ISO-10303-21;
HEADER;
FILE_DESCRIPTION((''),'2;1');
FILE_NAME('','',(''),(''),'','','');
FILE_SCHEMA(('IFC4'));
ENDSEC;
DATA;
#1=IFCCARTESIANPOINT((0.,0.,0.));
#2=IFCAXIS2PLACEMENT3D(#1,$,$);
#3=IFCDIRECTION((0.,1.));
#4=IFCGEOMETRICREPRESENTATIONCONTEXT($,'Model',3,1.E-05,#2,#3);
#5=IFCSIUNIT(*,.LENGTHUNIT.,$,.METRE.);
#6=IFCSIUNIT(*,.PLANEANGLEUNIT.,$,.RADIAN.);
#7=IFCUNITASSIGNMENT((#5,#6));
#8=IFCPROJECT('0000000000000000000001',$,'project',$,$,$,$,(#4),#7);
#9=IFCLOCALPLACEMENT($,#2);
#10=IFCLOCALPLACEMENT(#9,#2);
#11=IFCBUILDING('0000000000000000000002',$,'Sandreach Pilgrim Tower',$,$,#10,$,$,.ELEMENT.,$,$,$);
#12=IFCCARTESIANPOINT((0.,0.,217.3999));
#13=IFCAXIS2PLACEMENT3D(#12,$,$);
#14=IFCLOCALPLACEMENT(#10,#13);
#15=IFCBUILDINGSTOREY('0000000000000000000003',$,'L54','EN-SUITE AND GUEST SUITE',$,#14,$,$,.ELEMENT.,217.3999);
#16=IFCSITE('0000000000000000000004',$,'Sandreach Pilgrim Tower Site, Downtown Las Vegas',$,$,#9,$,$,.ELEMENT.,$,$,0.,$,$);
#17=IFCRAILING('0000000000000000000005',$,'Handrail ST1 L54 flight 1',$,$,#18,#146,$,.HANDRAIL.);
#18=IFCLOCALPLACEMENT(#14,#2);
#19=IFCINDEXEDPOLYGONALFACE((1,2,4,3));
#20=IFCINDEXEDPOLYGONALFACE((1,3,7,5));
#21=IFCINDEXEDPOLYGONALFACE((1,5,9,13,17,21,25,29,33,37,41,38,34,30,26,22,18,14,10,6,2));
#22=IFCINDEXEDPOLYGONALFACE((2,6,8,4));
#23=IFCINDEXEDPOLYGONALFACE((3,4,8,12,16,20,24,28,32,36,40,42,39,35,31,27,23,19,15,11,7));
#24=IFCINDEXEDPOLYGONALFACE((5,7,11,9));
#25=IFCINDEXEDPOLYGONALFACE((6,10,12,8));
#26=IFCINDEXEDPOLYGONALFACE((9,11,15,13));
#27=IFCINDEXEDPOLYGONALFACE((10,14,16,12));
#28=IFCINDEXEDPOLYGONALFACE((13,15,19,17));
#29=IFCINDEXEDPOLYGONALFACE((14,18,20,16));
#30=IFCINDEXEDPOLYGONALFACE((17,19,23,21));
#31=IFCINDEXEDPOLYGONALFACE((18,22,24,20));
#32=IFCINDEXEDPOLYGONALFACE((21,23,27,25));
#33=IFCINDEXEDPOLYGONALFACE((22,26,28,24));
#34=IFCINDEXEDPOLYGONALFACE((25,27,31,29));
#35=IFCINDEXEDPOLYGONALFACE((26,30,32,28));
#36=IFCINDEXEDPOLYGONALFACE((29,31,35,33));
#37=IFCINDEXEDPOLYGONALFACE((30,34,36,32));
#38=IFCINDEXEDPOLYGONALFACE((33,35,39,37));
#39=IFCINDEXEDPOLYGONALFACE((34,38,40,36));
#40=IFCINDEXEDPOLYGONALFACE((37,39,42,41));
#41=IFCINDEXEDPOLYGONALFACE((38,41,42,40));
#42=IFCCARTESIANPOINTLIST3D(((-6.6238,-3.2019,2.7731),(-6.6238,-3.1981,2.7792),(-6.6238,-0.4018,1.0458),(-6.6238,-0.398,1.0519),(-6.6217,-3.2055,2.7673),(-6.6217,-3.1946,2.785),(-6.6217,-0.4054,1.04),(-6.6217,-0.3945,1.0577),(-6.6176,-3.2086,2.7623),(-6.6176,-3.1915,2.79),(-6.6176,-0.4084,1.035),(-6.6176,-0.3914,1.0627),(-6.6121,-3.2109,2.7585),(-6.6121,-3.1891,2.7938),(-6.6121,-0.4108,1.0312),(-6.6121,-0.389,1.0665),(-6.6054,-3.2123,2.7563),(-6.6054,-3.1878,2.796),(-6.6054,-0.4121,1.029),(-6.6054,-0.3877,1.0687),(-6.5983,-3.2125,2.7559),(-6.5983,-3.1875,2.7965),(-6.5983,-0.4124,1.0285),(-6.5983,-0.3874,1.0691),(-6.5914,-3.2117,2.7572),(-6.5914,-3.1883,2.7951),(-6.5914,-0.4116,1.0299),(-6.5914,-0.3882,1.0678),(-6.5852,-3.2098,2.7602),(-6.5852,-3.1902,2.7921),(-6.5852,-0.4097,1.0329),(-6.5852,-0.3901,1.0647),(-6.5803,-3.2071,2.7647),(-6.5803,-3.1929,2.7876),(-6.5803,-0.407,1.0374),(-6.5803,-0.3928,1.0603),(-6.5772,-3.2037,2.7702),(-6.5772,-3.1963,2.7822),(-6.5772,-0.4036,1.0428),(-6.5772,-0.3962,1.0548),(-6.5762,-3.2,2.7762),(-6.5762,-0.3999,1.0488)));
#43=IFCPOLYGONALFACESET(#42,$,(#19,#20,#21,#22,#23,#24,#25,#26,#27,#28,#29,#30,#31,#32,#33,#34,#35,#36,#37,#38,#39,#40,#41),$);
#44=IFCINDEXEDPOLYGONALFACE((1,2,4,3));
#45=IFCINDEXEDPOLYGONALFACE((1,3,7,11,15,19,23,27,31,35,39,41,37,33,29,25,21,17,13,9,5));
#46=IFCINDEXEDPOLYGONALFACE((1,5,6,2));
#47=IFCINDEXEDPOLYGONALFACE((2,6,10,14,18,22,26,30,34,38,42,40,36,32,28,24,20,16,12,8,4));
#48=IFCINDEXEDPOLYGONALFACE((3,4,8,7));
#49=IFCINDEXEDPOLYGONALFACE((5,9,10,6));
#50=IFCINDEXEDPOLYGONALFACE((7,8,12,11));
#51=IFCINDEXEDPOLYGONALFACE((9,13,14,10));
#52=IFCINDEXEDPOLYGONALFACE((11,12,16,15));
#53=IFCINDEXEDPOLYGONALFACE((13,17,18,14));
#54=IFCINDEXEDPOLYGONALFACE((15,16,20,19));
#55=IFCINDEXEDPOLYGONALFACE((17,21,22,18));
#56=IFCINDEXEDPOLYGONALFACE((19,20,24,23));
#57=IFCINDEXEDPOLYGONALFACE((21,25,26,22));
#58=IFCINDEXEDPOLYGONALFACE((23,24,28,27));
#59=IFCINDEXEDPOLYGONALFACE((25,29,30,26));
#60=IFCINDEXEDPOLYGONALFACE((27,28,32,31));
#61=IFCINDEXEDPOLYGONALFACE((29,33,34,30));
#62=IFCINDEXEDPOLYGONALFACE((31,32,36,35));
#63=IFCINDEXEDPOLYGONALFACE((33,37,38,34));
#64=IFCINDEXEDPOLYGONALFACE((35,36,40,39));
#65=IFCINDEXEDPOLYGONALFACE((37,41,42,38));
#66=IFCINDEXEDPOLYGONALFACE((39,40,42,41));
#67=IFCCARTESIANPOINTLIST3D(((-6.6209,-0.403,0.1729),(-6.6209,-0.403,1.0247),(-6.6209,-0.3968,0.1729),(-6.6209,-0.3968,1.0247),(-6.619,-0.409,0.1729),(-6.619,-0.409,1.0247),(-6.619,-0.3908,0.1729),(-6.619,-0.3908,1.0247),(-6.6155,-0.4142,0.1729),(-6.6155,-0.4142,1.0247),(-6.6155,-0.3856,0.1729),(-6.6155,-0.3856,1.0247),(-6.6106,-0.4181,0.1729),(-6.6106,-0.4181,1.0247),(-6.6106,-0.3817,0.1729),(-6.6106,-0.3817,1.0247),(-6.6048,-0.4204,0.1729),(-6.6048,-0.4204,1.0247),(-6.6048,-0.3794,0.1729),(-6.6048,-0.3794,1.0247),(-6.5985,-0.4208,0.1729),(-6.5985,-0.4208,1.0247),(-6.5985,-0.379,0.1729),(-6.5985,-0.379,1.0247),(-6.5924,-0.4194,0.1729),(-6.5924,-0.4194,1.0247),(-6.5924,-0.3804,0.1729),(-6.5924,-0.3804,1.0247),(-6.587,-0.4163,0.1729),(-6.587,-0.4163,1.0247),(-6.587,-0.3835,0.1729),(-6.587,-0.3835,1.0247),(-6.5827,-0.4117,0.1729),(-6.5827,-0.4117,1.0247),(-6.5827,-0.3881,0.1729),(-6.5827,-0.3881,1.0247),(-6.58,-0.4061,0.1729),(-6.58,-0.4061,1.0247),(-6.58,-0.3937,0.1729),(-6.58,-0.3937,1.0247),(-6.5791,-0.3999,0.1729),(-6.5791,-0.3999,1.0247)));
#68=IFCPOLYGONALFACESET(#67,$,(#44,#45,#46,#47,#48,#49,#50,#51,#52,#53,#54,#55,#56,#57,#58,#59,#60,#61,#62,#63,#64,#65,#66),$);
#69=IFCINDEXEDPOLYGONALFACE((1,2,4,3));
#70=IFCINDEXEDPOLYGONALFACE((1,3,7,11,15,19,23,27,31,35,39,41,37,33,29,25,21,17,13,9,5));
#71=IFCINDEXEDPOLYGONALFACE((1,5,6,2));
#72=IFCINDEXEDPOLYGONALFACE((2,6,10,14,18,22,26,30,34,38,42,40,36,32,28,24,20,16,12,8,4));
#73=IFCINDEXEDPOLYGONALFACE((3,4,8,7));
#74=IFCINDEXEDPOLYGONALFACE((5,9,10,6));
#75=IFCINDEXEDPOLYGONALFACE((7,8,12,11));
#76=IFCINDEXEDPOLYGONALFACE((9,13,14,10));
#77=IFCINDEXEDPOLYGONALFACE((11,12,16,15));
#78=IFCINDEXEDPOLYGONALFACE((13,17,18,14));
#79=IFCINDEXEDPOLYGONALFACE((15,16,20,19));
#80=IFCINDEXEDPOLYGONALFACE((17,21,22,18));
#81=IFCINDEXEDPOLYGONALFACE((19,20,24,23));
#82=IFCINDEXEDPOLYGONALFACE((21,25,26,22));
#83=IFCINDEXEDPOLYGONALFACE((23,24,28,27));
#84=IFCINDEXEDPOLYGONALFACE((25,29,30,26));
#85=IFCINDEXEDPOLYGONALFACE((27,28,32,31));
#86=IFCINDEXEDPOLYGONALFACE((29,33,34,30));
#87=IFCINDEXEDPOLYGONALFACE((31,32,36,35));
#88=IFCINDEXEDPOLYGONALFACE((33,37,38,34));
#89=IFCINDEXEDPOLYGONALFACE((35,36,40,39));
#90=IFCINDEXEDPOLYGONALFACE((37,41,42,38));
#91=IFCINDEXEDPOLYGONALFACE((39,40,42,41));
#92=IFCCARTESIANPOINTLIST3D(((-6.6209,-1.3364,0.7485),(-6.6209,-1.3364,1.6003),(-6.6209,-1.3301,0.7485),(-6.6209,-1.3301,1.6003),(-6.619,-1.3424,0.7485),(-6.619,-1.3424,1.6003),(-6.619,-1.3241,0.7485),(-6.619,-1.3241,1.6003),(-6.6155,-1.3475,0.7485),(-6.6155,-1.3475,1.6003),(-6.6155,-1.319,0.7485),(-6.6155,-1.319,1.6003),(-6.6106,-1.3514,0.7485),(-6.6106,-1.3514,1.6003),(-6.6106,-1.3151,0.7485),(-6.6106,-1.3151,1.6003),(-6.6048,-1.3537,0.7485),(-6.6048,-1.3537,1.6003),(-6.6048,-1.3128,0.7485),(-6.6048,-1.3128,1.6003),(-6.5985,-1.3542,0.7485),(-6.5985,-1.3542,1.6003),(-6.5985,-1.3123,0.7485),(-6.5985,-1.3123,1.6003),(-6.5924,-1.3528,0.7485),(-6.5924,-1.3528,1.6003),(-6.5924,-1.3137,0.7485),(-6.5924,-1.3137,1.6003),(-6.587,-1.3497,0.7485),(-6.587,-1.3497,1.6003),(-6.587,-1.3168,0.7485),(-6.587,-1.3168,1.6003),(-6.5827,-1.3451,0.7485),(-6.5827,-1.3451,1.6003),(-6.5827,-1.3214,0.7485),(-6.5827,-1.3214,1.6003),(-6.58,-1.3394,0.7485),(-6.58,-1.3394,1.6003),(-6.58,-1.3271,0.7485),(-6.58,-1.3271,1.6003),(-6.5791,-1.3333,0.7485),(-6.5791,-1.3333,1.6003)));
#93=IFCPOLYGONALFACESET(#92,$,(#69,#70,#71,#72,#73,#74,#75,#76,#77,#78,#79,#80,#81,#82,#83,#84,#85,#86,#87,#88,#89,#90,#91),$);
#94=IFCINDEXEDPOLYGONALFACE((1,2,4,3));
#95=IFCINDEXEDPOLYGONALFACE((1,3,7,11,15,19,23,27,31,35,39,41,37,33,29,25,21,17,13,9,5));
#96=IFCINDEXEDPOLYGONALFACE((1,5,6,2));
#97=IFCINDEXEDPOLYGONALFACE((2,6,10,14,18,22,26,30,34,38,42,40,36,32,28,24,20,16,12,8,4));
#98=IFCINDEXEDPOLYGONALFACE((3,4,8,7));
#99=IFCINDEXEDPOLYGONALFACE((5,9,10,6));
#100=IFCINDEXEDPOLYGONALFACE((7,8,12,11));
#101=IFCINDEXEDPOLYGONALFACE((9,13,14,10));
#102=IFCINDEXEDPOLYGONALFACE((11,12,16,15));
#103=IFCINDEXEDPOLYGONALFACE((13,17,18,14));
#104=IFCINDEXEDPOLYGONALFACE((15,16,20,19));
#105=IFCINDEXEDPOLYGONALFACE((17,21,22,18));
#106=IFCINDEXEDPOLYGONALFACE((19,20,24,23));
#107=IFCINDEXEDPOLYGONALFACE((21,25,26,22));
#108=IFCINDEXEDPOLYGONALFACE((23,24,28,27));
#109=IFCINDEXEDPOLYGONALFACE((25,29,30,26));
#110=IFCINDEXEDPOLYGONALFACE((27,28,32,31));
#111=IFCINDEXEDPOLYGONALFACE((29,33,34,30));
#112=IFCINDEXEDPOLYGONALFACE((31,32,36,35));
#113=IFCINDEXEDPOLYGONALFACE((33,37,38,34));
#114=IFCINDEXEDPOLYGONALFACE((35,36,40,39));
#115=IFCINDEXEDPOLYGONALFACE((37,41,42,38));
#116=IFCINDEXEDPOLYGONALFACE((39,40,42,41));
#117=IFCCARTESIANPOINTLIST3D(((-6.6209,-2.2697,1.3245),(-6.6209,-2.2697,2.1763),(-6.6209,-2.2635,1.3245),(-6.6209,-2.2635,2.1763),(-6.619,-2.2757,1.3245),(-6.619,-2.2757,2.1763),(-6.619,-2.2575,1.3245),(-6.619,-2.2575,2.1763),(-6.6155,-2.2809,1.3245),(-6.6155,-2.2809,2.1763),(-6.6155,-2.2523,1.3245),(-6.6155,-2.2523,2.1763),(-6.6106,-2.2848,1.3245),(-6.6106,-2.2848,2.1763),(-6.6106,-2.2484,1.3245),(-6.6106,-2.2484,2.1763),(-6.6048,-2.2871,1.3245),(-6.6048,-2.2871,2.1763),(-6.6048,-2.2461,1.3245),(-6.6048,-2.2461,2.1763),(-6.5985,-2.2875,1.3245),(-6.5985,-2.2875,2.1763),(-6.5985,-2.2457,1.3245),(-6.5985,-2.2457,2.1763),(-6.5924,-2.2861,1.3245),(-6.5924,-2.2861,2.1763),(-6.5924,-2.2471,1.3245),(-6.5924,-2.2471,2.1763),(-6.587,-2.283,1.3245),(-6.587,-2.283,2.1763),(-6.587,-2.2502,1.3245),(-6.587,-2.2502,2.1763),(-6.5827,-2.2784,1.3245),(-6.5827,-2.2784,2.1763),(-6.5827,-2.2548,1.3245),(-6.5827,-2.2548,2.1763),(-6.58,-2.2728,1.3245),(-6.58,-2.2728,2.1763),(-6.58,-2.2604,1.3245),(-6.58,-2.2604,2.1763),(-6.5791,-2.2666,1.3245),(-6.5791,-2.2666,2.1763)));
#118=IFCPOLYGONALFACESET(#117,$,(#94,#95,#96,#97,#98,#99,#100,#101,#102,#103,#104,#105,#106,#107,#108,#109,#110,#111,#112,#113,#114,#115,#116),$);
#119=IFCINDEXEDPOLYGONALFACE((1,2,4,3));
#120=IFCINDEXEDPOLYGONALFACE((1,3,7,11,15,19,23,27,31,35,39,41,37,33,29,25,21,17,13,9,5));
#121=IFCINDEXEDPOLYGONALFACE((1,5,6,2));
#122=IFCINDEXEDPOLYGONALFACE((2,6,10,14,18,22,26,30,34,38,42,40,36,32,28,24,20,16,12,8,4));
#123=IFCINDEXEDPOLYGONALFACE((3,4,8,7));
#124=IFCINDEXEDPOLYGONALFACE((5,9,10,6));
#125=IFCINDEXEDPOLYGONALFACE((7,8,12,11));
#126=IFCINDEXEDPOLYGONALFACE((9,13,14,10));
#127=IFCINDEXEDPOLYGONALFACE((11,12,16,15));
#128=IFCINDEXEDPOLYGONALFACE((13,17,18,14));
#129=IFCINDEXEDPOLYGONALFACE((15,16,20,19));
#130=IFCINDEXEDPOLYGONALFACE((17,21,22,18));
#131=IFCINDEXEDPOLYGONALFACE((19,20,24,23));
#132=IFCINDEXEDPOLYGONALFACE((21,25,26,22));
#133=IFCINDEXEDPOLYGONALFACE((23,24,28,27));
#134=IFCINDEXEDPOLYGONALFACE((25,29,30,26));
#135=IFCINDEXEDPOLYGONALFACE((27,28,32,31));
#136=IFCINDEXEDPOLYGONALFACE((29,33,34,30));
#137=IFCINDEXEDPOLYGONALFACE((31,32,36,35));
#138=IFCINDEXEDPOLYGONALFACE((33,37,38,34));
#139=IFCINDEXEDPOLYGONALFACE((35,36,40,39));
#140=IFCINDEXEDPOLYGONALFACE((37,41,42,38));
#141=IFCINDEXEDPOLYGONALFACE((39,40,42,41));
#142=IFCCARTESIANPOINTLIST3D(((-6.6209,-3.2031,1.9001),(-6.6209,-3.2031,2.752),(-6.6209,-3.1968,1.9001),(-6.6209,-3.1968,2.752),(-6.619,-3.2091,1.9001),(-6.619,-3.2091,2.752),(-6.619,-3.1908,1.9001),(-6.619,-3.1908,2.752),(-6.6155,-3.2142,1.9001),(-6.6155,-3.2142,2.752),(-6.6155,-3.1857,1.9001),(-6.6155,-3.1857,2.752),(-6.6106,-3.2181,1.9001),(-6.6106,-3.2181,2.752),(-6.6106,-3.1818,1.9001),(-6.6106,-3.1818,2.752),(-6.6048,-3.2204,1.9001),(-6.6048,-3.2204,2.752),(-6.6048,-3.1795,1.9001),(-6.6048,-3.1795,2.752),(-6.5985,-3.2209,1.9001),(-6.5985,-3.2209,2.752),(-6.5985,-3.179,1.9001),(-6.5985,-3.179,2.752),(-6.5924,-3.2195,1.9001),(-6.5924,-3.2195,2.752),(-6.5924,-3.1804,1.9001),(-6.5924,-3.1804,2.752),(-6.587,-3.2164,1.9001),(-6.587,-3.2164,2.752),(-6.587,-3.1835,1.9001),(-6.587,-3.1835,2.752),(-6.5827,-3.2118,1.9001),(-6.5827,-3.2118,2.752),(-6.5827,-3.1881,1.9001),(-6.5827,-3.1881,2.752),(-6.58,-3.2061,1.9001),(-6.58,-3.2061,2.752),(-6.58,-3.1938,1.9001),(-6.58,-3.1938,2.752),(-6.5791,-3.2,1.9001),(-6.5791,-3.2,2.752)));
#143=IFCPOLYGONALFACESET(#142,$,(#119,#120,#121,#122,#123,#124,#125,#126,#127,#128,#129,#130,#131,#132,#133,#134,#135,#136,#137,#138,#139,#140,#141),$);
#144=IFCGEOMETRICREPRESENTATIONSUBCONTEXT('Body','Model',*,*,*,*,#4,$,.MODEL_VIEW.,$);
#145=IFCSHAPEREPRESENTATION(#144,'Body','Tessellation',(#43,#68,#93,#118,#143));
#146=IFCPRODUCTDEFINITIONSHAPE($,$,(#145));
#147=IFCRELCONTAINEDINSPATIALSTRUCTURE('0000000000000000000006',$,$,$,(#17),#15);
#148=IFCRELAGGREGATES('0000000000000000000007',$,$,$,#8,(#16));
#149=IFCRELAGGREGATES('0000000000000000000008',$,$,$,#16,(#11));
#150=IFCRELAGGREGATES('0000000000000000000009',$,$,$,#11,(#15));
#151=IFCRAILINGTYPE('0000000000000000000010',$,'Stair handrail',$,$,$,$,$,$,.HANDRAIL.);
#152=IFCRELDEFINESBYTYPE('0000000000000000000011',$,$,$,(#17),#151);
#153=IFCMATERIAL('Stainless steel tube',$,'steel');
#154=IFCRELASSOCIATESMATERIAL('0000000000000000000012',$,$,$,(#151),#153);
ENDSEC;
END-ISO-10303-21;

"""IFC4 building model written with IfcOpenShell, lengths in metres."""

from ifc_helpers import new_model, si_unit, direction, frame, origin, origin_2d, place, context, subcontext, project, spatial, circle, extrude, material, type_object, element, save


model = new_model("IFC4")

# Units and contexts
model_context = context("Model", 3, precision=1e-05, world=origin(), true_north=direction((0.0, 1.0)))
body_context = subcontext(model_context, "Body", "Model", "MODEL_VIEW")
ifc_project = project(units=[si_unit("LENGTHUNIT", "METRE"), si_unit("PLANEANGLEUNIT", "RADIAN")], contexts=[model_context])

# Site, building, storey
site_placement = place(None, origin())
site = spatial("IfcSite", under=ifc_project, at=site_placement, Name="Sandreach Pilgrim Tower Site, Downtown Las Vegas", CompositionType="ELEMENT", RefElevation=0.0)
building_placement = place(site_placement, origin())
building = spatial("IfcBuilding", under=site, at=building_placement, Name="Sandreach Pilgrim Tower", CompositionType="ELEMENT")
storey_placement = place(building_placement, frame((0.0, 0.0, 217.3999)))
storey = spatial("IfcBuildingStorey", under=building, at=storey_placement, Name="L54", Description="EN-SUITE AND GUEST SUITE", CompositionType="ELEMENT", Elevation=217.3999)

# Railing
ifc_material_1 = material(Name="Stainless steel tube", Category="steel")
railing_type = type_object("IfcRailingType", Name="Stair handrail", PredefinedType="HANDRAIL", material=ifc_material_1)
for number, where, name in (
    (1, (-6.6001, -0.3999, 0.1729), "Handrail ST1 L54 flight 1"),
):
    element("IfcRailing", number, at=place(storey_placement, frame(where)), inside=storey, type_object=railing_type, Name=name, PredefinedType="HANDRAIL", context=body_context, shape_type="SweptSolid", body=[
        extrude(circle(Radius=0.0239, at=origin_2d()), frame((0.0, 0.0, 0.876), z_axis=(0.0, -0.85109, 0.52502), x_axis=(1.0, 0.0, 0.0)), (0.0, 0.0, 1.0), 3.29),
        extrude(circle(Radius=0.021, at=origin_2d()), origin(), (0.0, 0.0, 1.0), 0.8518),
        extrude(circle(Radius=0.021, at=origin_2d()), frame((0.0, -0.9333, 0.5757)), (0.0, 0.0, 1.0), 0.8518),
        extrude(circle(Radius=0.021, at=origin_2d()), frame((0.0, -1.8667, 1.1516)), (0.0, 0.0, 1.0), 0.8518),
        extrude(circle(Radius=0.021, at=origin_2d()), frame((0.0, -2.8, 1.7273)), (0.0, 0.0, 1.0), 0.8518),
    ])

save(model, "model.ifc")
